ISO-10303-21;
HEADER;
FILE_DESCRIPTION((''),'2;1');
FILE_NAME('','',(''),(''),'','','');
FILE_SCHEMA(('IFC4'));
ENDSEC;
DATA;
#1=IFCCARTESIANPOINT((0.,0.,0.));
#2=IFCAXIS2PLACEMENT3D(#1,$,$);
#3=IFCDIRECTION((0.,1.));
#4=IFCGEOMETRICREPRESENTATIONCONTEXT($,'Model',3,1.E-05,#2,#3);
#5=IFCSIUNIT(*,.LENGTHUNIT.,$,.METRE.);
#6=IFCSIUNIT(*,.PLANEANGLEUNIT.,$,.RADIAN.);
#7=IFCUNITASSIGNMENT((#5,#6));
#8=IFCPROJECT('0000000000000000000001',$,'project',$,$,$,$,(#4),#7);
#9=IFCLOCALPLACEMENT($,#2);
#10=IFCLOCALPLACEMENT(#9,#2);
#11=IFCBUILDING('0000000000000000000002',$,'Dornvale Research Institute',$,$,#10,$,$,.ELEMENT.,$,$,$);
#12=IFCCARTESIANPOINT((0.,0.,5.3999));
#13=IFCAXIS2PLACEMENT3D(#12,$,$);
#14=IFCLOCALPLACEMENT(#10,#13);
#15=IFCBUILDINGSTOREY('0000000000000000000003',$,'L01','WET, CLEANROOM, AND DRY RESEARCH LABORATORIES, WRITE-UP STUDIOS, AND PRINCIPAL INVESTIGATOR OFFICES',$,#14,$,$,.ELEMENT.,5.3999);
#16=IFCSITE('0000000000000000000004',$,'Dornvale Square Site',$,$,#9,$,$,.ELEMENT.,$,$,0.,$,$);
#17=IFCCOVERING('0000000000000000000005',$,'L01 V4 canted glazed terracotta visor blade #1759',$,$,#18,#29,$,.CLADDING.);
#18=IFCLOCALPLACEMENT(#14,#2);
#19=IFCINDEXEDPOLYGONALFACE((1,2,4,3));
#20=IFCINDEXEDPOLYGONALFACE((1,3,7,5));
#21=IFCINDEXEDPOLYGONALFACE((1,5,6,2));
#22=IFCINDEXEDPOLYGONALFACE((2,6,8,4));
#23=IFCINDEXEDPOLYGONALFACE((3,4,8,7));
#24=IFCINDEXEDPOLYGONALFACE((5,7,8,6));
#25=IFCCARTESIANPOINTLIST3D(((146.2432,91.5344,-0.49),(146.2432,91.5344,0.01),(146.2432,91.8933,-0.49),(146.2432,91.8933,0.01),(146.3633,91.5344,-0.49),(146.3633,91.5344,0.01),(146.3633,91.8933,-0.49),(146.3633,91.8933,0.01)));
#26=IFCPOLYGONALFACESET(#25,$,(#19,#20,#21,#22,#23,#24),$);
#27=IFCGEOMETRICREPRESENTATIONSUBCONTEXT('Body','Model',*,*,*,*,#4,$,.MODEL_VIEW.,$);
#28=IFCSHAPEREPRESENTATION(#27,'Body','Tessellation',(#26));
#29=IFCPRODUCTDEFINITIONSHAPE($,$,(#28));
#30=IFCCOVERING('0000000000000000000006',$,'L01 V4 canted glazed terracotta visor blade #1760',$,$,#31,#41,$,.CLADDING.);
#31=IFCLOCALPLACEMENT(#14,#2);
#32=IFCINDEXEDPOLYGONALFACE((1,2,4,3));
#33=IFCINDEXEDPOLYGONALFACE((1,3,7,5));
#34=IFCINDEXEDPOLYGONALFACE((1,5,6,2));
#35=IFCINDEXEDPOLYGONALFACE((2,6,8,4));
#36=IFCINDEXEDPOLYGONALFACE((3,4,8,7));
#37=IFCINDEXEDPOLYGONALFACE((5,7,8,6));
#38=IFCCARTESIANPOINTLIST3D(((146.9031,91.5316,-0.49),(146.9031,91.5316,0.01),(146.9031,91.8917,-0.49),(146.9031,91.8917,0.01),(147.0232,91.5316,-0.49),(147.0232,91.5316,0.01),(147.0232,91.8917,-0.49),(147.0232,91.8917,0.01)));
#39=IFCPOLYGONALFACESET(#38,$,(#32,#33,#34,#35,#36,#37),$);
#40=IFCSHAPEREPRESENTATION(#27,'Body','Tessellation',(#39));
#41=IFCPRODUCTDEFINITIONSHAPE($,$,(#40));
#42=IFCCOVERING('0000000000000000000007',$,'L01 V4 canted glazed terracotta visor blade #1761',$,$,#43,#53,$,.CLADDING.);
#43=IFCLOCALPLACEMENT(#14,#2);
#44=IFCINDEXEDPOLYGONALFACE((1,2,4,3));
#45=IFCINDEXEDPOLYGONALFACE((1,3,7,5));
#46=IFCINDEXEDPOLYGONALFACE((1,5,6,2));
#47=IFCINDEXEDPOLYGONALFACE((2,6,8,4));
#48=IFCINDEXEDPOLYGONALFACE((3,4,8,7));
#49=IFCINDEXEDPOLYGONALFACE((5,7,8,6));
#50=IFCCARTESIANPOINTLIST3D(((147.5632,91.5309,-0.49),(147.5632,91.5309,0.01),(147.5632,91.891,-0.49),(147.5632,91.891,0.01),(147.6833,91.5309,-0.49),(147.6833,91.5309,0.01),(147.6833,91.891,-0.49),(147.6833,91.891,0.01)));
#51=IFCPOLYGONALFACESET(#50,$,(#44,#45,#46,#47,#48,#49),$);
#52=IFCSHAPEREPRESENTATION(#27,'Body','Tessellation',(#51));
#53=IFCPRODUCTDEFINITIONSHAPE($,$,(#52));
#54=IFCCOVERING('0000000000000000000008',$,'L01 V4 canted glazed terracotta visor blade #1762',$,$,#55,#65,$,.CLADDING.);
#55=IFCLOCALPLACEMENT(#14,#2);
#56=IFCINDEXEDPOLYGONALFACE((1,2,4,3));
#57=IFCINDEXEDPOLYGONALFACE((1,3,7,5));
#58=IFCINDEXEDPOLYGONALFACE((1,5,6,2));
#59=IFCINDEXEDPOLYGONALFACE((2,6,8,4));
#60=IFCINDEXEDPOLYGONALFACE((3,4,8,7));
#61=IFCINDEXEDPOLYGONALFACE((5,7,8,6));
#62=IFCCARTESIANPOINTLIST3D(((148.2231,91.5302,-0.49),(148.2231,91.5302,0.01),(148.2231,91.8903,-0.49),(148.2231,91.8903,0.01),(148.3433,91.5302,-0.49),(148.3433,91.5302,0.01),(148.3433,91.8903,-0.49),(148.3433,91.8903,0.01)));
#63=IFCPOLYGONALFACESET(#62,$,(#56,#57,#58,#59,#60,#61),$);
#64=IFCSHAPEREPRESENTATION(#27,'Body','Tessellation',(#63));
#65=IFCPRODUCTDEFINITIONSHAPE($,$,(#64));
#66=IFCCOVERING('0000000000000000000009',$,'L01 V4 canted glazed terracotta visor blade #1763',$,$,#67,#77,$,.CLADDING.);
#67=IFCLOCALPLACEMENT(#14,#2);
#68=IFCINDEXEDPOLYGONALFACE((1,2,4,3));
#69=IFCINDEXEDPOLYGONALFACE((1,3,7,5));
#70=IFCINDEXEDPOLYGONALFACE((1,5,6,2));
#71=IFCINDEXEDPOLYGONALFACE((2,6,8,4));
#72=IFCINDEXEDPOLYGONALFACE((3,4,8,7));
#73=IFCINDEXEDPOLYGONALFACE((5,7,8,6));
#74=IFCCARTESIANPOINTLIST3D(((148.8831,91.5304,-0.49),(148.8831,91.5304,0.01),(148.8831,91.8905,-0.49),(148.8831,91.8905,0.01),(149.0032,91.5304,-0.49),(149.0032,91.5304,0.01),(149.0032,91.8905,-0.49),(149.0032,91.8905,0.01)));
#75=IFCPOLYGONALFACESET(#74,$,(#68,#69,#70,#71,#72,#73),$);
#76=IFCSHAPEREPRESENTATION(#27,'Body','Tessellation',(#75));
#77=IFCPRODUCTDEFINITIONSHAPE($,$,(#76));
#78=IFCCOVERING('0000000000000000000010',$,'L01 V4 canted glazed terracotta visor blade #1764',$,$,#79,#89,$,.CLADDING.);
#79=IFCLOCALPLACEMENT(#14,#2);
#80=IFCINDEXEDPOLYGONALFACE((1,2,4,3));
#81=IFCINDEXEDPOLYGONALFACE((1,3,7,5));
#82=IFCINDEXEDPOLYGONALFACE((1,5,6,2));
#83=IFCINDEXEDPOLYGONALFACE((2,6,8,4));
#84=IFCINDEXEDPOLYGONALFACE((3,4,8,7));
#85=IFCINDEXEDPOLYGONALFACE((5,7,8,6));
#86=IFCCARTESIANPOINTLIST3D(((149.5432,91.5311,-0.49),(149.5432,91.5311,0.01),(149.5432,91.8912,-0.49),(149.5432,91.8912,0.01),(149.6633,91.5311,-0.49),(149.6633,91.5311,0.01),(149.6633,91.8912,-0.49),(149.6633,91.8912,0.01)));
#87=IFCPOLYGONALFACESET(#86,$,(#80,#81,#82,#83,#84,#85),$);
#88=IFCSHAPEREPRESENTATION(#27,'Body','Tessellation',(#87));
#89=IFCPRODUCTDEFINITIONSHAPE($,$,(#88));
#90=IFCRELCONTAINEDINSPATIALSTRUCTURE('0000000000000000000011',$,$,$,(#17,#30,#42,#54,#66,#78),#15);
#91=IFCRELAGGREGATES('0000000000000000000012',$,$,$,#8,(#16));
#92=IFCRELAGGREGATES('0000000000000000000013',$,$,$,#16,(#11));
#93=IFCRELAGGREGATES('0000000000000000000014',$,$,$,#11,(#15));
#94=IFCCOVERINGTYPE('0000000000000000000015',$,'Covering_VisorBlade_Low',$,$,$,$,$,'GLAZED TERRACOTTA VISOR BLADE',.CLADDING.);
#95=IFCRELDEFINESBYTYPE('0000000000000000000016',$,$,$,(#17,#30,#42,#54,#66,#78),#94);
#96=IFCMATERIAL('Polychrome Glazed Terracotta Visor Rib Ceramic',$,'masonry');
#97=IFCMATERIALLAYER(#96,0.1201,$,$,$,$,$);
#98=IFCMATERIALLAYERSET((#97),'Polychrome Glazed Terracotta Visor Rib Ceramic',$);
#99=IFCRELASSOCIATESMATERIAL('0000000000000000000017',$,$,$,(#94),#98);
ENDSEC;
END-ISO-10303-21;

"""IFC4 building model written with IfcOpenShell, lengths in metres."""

from ifc_helpers import new_model, si_unit, direction, frame, origin, origin_2d, place, context, subcontext, project, spatial, rectangle, extrude, material, layer, layer_set, type_object, element, save


model = new_model("IFC4")

# Units and contexts
model_context = context("Model", 3, precision=1e-05, world=origin(), true_north=direction((0.0, 1.0)))
body_context = subcontext(model_context, "Body", "Model", "MODEL_VIEW")
ifc_project = project(units=[si_unit("LENGTHUNIT", "METRE"), si_unit("PLANEANGLEUNIT", "RADIAN")], contexts=[model_context])

# Site, building, storey
site_placement = place(None, origin())
site = spatial("IfcSite", under=ifc_project, at=site_placement, Name="Dornvale Square Site", CompositionType="ELEMENT", RefElevation=0.0)
building_placement = place(site_placement, origin())
building = spatial("IfcBuilding", under=site, at=building_placement, Name="Dornvale Research Institute", CompositionType="ELEMENT")
storey_placement = place(building_placement, frame((0.0, 0.0, 5.3999)))
storey = spatial("IfcBuildingStorey", under=building, at=storey_placement, Name="L01", Description="WET, CLEANROOM, AND DRY RESEARCH LABORATORIES, WRITE-UP STUDIOS, AND PRINCIPAL INVESTIGATOR OFFICES", CompositionType="ELEMENT", Elevation=5.3999)

# Coverings
ifc_material_1 = material(Name="Polychrome Glazed Terracotta Visor Rib Ceramic", Category="masonry")
ifc_layer_1 = layer(ifc_material_1, 0.1201)
ifc_layer_set_1 = layer_set([ifc_layer_1], Name="Polychrome Glazed Terracotta Visor Rib Ceramic")
covering_type = type_object("IfcCoveringType", Name="Covering_VisorBlade_Low", ElementType="GLAZED TERRACOTTA VISOR BLADE", PredefinedType="CLADDING", material=ifc_layer_set_1)
for number, where, z_axis, x_axis, name in (
    (1, (146.3032, 91.7139, -0.49), (0.0, 0.0, 1.0), (0.0, 1.0, 0.0), "L01 V4 canted glazed terracotta visor blade #1759"),
):
    element("IfcCovering", number, at=place(storey_placement, frame(where, z_axis=z_axis, x_axis=x_axis)), inside=storey, type_object=covering_type, Name=name, PredefinedType="CLADDING", context=body_context, shape_type="SweptSolid", body=[
        extrude(rectangle(XDim=0.3589, YDim=0.1201, at=origin_2d()), origin(), (0.0, 0.0, 1.0), 0.5),
    ])
for number, where, z_axis, x_axis, name in (
    (2, (146.9631, 91.7117, -0.49), (0.0, 0.0, 1.0), (0.0, 1.0, 0.0), "L01 V4 canted glazed terracotta visor blade #1760"),
    (3, (147.6233, 91.7109, -0.49), (0.0, 0.0, 1.0), (0.0, 1.0, 0.0), "L01 V4 canted glazed terracotta visor blade #1761"),
    (4, (148.2832, 91.7102, -0.49), (0.0, 0.0, 1.0), (0.0, 1.0, 0.0), "L01 V4 canted glazed terracotta visor blade #1762"),
    (5, (148.9431, 91.7104, -0.49), (0.0, 0.0, 1.0), (0.0, 1.0, 0.0), "L01 V4 canted glazed terracotta visor blade #1763"),
    (6, (149.6033, 91.7112, -0.49), (0.0, 0.0, 1.0), (0.0, 1.0, 0.0), "L01 V4 canted glazed terracotta visor blade #1764"),
):
    element("IfcCovering", number, at=place(storey_placement, frame(where, z_axis=z_axis, x_axis=x_axis)), inside=storey, type_object=covering_type, Name=name, PredefinedType="CLADDING", context=body_context, shape_type="SweptSolid", body=[
        extrude(rectangle(XDim=0.3601, YDim=0.1201, at=origin_2d()), origin(), (0.0, 0.0, 1.0), 0.5),
    ])

save(model, "model.ifc")
